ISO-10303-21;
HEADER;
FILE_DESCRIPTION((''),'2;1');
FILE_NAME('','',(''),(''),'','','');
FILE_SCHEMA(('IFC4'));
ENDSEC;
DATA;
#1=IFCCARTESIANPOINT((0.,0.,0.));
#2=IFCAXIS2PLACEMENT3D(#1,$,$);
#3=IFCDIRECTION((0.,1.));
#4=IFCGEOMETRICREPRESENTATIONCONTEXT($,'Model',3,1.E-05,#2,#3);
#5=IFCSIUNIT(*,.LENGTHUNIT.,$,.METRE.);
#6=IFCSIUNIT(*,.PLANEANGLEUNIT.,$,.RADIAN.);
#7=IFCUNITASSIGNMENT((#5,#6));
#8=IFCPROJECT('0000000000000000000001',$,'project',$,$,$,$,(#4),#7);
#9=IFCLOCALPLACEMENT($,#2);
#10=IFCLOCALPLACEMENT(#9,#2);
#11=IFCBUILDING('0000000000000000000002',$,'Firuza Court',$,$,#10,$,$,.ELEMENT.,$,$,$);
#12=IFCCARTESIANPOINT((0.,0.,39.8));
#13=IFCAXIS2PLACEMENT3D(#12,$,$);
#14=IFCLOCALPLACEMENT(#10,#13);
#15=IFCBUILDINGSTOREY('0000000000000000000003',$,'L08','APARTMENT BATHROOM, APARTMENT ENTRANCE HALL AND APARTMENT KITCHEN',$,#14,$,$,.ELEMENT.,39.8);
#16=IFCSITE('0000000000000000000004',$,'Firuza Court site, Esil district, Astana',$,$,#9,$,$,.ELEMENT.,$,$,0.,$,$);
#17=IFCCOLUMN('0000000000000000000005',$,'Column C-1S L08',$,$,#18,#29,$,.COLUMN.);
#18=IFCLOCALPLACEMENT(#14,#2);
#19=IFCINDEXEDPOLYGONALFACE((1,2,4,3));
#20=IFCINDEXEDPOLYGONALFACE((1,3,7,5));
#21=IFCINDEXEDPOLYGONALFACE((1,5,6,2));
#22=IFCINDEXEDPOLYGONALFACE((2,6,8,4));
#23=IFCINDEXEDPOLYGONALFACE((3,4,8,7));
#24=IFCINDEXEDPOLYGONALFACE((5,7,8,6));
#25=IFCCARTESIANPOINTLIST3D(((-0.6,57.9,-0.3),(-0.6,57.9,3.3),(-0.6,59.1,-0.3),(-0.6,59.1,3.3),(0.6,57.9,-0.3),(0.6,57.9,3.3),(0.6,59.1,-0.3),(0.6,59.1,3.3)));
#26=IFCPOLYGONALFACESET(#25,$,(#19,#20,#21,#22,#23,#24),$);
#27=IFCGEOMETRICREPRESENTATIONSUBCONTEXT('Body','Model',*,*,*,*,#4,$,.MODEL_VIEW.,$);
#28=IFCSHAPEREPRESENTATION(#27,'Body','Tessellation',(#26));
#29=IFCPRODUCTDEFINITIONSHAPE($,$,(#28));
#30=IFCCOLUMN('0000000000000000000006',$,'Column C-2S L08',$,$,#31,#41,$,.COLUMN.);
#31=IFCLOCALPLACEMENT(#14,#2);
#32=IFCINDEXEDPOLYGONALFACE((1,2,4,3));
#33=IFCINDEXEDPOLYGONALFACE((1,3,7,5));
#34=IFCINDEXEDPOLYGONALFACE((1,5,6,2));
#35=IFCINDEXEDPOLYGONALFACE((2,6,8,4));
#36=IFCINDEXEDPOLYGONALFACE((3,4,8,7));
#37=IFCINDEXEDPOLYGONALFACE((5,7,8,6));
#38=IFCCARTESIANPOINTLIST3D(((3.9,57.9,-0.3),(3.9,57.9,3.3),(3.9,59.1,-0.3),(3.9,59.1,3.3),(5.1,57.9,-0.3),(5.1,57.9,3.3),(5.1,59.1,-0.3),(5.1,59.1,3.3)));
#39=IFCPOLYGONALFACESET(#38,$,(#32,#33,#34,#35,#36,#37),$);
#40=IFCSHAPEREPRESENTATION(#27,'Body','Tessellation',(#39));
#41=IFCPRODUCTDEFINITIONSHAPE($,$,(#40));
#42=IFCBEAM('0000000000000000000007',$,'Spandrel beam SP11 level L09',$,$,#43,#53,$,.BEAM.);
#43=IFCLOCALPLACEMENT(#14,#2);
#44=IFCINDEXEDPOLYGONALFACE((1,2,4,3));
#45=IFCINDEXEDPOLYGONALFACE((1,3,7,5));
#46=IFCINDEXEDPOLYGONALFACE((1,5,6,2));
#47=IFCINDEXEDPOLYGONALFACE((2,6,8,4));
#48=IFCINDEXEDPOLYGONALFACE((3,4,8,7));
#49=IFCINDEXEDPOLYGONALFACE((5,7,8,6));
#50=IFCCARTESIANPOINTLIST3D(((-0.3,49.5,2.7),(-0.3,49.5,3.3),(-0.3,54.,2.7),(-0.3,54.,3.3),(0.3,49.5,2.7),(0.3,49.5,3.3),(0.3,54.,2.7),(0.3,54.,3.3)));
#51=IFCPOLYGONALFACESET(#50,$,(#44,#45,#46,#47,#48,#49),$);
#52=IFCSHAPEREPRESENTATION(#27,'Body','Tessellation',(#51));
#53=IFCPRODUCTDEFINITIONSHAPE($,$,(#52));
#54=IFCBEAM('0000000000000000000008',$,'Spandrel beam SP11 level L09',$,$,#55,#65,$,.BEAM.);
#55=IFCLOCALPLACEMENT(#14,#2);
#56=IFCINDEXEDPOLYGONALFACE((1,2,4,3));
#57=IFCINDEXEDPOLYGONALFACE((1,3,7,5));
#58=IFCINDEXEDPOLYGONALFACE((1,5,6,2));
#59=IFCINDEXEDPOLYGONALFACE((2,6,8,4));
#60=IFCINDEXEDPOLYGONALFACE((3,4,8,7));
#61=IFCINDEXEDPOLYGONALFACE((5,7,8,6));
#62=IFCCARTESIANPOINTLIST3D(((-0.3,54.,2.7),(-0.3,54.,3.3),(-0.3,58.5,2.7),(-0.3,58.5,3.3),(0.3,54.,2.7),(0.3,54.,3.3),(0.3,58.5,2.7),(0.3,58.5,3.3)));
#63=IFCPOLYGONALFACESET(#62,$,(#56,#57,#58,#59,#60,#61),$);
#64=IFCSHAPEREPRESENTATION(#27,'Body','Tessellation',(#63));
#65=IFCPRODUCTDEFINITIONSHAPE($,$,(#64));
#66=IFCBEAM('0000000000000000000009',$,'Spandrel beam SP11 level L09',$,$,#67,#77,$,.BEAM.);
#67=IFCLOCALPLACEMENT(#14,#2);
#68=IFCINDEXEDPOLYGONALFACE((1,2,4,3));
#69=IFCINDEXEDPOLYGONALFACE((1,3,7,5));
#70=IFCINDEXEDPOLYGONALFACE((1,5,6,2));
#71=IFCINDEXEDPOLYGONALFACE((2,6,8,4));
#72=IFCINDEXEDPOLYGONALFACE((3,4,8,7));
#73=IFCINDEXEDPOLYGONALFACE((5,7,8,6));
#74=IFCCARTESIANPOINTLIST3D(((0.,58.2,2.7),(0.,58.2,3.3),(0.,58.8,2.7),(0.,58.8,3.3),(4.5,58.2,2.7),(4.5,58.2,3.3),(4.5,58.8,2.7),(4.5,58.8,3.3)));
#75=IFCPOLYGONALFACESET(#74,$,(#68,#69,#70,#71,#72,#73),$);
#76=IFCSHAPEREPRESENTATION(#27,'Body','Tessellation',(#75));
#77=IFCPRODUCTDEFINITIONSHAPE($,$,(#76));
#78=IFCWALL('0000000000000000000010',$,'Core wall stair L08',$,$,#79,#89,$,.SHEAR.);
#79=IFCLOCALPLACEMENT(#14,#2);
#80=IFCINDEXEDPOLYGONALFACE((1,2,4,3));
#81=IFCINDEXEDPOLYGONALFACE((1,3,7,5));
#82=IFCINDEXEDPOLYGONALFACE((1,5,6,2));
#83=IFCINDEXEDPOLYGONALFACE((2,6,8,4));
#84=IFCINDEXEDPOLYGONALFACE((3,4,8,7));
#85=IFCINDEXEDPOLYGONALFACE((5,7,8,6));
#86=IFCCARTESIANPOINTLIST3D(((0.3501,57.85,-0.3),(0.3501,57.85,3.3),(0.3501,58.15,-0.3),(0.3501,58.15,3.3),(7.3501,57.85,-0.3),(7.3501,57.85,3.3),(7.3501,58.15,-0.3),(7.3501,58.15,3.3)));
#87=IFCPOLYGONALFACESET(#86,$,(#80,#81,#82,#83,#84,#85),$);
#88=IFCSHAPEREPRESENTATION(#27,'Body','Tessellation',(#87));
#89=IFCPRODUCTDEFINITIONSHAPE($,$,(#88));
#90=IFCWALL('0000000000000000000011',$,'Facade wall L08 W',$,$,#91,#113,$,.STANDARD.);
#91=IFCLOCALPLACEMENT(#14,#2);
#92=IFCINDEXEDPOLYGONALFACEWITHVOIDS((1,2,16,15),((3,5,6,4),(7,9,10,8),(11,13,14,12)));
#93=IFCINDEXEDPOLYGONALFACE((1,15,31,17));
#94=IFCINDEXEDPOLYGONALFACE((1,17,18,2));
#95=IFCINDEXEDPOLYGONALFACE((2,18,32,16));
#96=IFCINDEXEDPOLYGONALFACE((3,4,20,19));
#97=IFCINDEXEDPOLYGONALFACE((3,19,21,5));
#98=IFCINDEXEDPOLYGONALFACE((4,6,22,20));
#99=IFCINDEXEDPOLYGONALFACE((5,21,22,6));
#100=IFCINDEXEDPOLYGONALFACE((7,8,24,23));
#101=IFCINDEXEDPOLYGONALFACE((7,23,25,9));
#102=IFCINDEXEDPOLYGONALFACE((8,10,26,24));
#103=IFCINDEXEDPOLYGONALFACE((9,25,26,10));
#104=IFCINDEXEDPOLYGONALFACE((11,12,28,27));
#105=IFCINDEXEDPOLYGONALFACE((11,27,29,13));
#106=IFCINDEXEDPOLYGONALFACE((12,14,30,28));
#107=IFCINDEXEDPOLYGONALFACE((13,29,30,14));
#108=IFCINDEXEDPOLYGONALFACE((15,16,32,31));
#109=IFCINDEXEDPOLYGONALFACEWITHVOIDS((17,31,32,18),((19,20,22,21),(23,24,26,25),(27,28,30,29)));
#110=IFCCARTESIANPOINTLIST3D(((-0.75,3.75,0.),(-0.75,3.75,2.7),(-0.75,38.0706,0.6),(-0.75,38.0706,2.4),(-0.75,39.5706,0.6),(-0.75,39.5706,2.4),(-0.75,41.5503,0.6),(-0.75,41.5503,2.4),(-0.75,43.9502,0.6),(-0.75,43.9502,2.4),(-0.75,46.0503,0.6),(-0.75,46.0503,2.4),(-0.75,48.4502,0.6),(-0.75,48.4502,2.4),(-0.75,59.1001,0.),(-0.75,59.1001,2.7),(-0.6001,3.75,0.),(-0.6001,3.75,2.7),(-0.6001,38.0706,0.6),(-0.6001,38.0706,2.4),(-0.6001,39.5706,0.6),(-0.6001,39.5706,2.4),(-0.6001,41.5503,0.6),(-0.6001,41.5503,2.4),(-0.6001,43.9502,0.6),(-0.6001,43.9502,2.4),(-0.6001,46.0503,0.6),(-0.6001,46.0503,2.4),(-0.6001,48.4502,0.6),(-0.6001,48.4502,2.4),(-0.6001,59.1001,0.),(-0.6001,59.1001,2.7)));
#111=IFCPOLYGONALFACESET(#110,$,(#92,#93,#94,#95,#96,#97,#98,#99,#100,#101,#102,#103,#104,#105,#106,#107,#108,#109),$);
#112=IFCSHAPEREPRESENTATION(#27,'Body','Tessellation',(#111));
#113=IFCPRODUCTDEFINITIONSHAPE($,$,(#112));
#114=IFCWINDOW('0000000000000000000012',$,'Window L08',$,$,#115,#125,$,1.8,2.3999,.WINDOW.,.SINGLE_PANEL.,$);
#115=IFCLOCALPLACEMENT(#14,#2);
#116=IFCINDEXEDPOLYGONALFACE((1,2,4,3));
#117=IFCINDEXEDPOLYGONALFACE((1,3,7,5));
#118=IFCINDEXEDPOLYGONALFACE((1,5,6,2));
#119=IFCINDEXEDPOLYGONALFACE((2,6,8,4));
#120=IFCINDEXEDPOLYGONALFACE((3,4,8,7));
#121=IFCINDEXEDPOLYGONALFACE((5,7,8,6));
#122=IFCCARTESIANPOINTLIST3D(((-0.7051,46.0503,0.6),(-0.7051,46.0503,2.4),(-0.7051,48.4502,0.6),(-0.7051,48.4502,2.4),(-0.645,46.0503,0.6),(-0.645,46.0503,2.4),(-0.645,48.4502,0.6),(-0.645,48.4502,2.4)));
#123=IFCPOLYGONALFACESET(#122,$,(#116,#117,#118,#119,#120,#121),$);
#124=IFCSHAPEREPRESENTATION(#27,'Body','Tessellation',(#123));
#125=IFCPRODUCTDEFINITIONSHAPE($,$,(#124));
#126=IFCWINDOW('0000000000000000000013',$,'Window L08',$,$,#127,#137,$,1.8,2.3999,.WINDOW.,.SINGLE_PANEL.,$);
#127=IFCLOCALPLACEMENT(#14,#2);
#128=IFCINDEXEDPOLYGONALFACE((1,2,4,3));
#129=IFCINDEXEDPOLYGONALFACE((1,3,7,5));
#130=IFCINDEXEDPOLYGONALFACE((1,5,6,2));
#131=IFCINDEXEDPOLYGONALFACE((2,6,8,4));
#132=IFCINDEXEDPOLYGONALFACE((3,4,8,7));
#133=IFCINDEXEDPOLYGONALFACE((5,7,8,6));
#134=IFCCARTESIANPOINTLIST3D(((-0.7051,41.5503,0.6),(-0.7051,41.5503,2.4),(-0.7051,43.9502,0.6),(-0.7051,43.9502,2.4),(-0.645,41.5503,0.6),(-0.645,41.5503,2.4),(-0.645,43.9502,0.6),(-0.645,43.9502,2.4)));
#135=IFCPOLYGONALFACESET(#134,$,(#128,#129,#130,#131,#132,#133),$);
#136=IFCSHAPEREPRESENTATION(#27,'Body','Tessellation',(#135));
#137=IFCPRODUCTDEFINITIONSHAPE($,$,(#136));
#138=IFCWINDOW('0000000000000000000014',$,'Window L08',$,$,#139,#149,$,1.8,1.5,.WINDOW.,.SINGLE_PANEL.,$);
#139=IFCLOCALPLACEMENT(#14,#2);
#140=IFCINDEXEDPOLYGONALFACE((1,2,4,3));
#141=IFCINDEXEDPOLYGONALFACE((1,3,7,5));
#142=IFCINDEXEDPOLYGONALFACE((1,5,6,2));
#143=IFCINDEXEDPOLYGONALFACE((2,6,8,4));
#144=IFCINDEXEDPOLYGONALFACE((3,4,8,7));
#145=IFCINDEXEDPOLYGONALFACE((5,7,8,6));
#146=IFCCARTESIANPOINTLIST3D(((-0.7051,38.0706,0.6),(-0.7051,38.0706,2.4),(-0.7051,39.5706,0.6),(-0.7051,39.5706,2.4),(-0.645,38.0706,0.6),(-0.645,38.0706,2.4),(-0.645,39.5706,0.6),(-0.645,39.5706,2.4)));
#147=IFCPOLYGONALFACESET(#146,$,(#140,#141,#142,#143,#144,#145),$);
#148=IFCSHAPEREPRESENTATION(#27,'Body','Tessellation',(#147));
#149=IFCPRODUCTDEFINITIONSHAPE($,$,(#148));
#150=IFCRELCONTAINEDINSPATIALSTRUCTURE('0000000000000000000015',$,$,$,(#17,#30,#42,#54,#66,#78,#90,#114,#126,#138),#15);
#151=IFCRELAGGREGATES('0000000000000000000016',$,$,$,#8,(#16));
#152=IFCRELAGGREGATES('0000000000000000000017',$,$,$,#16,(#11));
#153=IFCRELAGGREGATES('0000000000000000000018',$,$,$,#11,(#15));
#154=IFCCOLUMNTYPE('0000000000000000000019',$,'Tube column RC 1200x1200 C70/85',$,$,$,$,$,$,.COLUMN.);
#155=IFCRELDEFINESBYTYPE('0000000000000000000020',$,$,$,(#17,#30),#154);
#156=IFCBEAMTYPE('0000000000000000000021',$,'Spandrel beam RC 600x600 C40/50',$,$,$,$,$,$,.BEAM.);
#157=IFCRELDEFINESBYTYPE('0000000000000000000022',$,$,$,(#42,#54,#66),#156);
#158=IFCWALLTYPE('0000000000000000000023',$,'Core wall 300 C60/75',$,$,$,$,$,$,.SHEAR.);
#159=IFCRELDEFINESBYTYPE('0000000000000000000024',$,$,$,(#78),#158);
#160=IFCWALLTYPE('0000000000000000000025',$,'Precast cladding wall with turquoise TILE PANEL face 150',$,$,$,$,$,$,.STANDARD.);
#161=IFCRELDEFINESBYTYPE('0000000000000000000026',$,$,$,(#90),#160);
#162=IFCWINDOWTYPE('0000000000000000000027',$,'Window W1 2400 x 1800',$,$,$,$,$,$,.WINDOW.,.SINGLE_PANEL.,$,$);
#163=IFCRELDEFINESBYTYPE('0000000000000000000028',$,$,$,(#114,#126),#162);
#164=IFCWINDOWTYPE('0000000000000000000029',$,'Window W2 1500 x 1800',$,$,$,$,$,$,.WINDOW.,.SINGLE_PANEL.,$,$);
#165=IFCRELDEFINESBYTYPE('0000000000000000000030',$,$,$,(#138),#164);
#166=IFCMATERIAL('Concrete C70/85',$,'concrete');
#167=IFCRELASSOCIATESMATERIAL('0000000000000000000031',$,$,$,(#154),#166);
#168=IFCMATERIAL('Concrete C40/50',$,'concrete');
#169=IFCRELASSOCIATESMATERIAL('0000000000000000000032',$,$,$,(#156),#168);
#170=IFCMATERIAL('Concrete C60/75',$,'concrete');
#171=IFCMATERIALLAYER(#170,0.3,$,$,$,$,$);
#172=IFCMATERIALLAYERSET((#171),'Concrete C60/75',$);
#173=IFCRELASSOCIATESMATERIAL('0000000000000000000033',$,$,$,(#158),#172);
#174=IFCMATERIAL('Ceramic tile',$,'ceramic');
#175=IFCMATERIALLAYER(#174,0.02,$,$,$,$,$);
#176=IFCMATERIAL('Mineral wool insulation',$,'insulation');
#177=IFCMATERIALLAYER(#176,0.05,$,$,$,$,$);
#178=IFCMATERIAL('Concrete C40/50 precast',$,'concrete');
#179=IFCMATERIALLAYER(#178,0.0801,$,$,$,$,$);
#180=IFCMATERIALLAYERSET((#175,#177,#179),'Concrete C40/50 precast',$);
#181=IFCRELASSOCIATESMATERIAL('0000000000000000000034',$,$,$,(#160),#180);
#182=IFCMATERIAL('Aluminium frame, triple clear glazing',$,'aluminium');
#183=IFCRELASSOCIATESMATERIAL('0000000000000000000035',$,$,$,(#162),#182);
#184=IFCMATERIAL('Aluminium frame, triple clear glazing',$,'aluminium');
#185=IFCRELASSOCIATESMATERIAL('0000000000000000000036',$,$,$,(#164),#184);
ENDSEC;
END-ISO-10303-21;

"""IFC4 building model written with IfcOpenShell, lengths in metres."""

from ifc_helpers import new_model, si_unit, direction, frame, frame_2d, origin, origin_2d, place, context, subcontext, project, spatial, rectangle, extrude, material, layer, layer_set, material_profile, profile_set, type_object, element, fill, save


model = new_model("IFC4")

# Units and contexts
model_context = context("Model", 3, precision=1e-05, world=origin(), true_north=direction((0.0, 1.0)))
body_context = subcontext(model_context, "Body", "Model", "MODEL_VIEW")
ifc_project = project(units=[si_unit("LENGTHUNIT", "METRE"), si_unit("PLANEANGLEUNIT", "RADIAN")], contexts=[model_context])

# Site, building, storey
site_placement = place(None, origin())
site = spatial("IfcSite", under=ifc_project, at=site_placement, Name="Firuza Court site, Esil district, Astana", CompositionType="ELEMENT", RefElevation=0.0)
building_placement = place(site_placement, origin())
building = spatial("IfcBuilding", under=site, at=building_placement, Name="Firuza Court", CompositionType="ELEMENT")
storey_placement = place(building_placement, frame((0.0, 0.0, 39.8)))
storey = spatial("IfcBuildingStorey", under=building, at=storey_placement, Name="L08", Description="APARTMENT BATHROOM, APARTMENT ENTRANCE HALL AND APARTMENT KITCHEN", CompositionType="ELEMENT", Elevation=39.8)

# Columns
ifc_material_1 = material(Name="Concrete C70/85", Category="concrete")
ifc_material_profile_1 = material_profile(ifc_material_1, rectangle(XDim=1.2, YDim=1.2, at=origin_2d()), Name="RC 1200x1200")
ifc_profile_set_1 = profile_set([ifc_material_profile_1], Name="Concrete C70/85")
column_type = type_object("IfcColumnType", Name="Tube column RC 1200x1200 C70/85", PredefinedType="COLUMN", material=ifc_profile_set_1)
for number, where, z_axis, x_axis, name in (
    (1, (0.0, 58.5, -0.3), (0.0, 0.0, 1.0), (1.0, 0.0, 0.0), "Column C-1S L08"),
    (2, (4.5, 58.5, -0.3), (0.0, 0.0, 1.0), (1.0, 0.0, 0.0), "Column C-2S L08"),
):
    element("IfcColumn", number, at=place(storey_placement, frame(where, z_axis=z_axis, x_axis=x_axis)), inside=storey, type_object=column_type, Name=name, PredefinedType="COLUMN", context=body_context, shape_type="SweptSolid", body=[
        extrude(rectangle(XDim=1.2, YDim=1.2, at=origin_2d()), origin(), (0.0, 0.0, 1.0), 3.6001),
    ])

# Beams
ifc_material_2 = material(Name="Concrete C40/50", Category="concrete")
ifc_material_profile_2 = material_profile(ifc_material_2, rectangle(XDim=0.6001, YDim=0.6001, at=origin_2d()), Name="RC 600x600")
ifc_profile_set_2 = profile_set([ifc_material_profile_2], Name="Concrete C40/50")
beam_type = type_object("IfcBeamType", Name="Spandrel beam RC 600x600 C40/50", PredefinedType="BEAM", material=ifc_profile_set_2)
for number, where, z_axis, x_axis, name in (
    (3, (0.0, 54.0, 3.0), (0.0, -1.0, 0.0), (1.0, 0.0, 0.0), "Spandrel beam SP11 level L09"),
    (4, (0.0, 58.5, 3.0), (0.0, -1.0, 0.0), (1.0, 0.0, 0.0), "Spandrel beam SP11 level L09"),
    (5, (4.5, 58.5, 3.0), (-1.0, 0.0, 0.0), (0.0, -1.0, 0.0), "Spandrel beam SP11 level L09"),
):
    element("IfcBeam", number, at=place(storey_placement, frame(where, z_axis=z_axis, x_axis=x_axis)), inside=storey, type_object=beam_type, Name=name, PredefinedType="BEAM", context=body_context, shape_type="SweptSolid", body=[
        extrude(rectangle(XDim=0.6001, YDim=0.6001, at=origin_2d()), origin(), (0.0, 0.0, 1.0), 4.5),
    ])

# Wall
ifc_material_3 = material(Name="Concrete C60/75", Category="concrete")
ifc_layer_1 = layer(ifc_material_3, 0.3)
ifc_layer_set_1 = layer_set([ifc_layer_1], Name="Concrete C60/75")
wall_type_1 = type_object("IfcWallType", Name="Core wall 300 C60/75", PredefinedType="SHEAR", material=ifc_layer_set_1)
wall_1_placement = place(storey_placement, frame((0.3501, 58.0, -0.3), z_axis=(0.0, 0.0, 1.0), x_axis=(1.0, 0.0, 0.0)))
element("IfcWall", 6, at=wall_1_placement, inside=storey, type_object=wall_type_1, Name="Core wall stair L08", PredefinedType="SHEAR", context=body_context, shape_type="SweptSolid", body=[
    extrude(rectangle(XDim=7.0, YDim=0.3, at=frame_2d((3.5, 0.0))), origin(), (0.0, 0.0, 1.0), 3.6001),
])

# Wall, openings, windows
ifc_material_4 = material(Name="Ceramic tile", Category="ceramic")
ifc_layer_2 = layer(ifc_material_4, 0.02)
ifc_material_5 = material(Name="Mineral wool insulation", Category="insulation")
ifc_layer_3 = layer(ifc_material_5, 0.05)
ifc_material_6 = material(Name="Concrete C40/50 precast", Category="concrete")
ifc_layer_4 = layer(ifc_material_6, 0.0801)
ifc_layer_set_2 = layer_set([ifc_layer_2, ifc_layer_3, ifc_layer_4], Name="Concrete C40/50 precast")
wall_type_2 = type_object("IfcWallType", Name="Precast cladding wall with turquoise TILE PANEL face 150", PredefinedType="STANDARD", material=ifc_layer_set_2)
wall_2_placement = place(storey_placement, frame((-0.675, 59.1001, 0.0), z_axis=(0.0, 0.0, 1.0), x_axis=(0.0, -1.0, 0.0)))
wall_2 = element("IfcWall", 7, at=wall_2_placement, inside=storey, type_object=wall_type_2, Name="Facade wall L08 W", PredefinedType="STANDARD", context=body_context, shape_type="SweptSolid", body=[
    extrude(rectangle(XDim=55.3501, YDim=0.1499, at=frame_2d((27.675, 0.0))), origin(), (0.0, 0.0, 1.0), 2.7),
])
opening_1_placement = place(wall_2_placement, frame((10.6499, 0.0, 0.6001)))
opening_1 = element("IfcOpeningElement", 8, at=opening_1_placement, cuts=wall_2, PredefinedType="OPENING", context=body_context, shape_type="SweptSolid", body=[
    extrude(rectangle(XDim=2.3999, YDim=1.8, at=frame_2d((1.2, 0.8999))), frame((0.0, 0.0869, 0.0), z_axis=(0.0, -1.0, 0.0), x_axis=(1.0, 0.0, 0.0)), (0.0, 0.0, 1.0), 0.1738),
])
opening_2_placement = place(wall_2_placement, frame((15.1499, 0.0, 0.6001)))
opening_2 = element("IfcOpeningElement", 9, at=opening_2_placement, cuts=wall_2, PredefinedType="OPENING", context=body_context, shape_type="SweptSolid", body=[
    extrude(rectangle(XDim=2.3999, YDim=1.8, at=frame_2d((1.2, 0.8999))), frame((0.0, 0.0869, 0.0), z_axis=(0.0, -1.0, 0.0), x_axis=(1.0, 0.0, 0.0)), (0.0, 0.0, 1.0), 0.1738),
])
opening_3_placement = place(wall_2_placement, frame((19.5295, 0.0, 0.6001)))
opening_3 = element("IfcOpeningElement", 10, at=opening_3_placement, cuts=wall_2, PredefinedType="OPENING", context=body_context, shape_type="SweptSolid", body=[
    extrude(rectangle(XDim=1.5, YDim=1.8, at=frame_2d((0.75, 0.8999))), frame((0.0, 0.0869, 0.0), z_axis=(0.0, -1.0, 0.0), x_axis=(1.0, 0.0, 0.0)), (0.0, 0.0, 1.0), 0.1738),
])
ifc_material_7 = material(Name="Aluminium frame, triple clear glazing", Category="aluminium")
window_type_1 = type_object("IfcWindowType", Name="Window W1 2400 x 1800", PartitioningType="SINGLE_PANEL", PredefinedType="WINDOW", material=ifc_material_7)
window_1_placement = place(opening_1_placement, origin())
window_1 = element("IfcWindow", 11, at=window_1_placement, inside=storey, type_object=window_type_1, Name="Window L08", OverallHeight=1.8, OverallWidth=2.3999, PartitioningType="SINGLE_PANEL", PredefinedType="WINDOW", context=body_context, shape_type="SweptSolid", body=[
    extrude(rectangle(XDim=2.3999, YDim=1.8, at=frame_2d((1.2, 0.8999))), frame((0.0, 0.03, 0.0), z_axis=(0.0, -1.0, 0.0), x_axis=(1.0, 0.0, 0.0)), (0.0, 0.0, 1.0), 0.0601),
])
fill(opening_1, window_1)
window_2_placement = place(opening_2_placement, origin())
window_2 = element("IfcWindow", 12, at=window_2_placement, inside=storey, type_object=window_type_1, Name="Window L08", OverallHeight=1.8, OverallWidth=2.3999, PartitioningType="SINGLE_PANEL", PredefinedType="WINDOW", context=body_context, shape_type="SweptSolid", body=[
    extrude(rectangle(XDim=2.3999, YDim=1.8, at=frame_2d((1.2, 0.8999))), frame((0.0, 0.03, 0.0), z_axis=(0.0, -1.0, 0.0), x_axis=(1.0, 0.0, 0.0)), (0.0, 0.0, 1.0), 0.0601),
])
fill(opening_2, window_2)
ifc_material_8 = material(Name="Aluminium frame, triple clear glazing", Category="aluminium")
window_type_2 = type_object("IfcWindowType", Name="Window W2 1500 x 1800", PartitioningType="SINGLE_PANEL", PredefinedType="WINDOW", material=ifc_material_8)
window_3_placement = place(opening_3_placement, origin())
window_3 = element("IfcWindow", 13, at=window_3_placement, inside=storey, type_object=window_type_2, Name="Window L08", OverallHeight=1.8, OverallWidth=1.5, PartitioningType="SINGLE_PANEL", PredefinedType="WINDOW", context=body_context, shape_type="SweptSolid", body=[
    extrude(rectangle(XDim=1.5, YDim=1.8, at=frame_2d((0.75, 0.8999))), frame((0.0, 0.03, 0.0), z_axis=(0.0, -1.0, 0.0), x_axis=(1.0, 0.0, 0.0)), (0.0, 0.0, 1.0), 0.0601),
])
fill(opening_3, window_3)

save(model, "model.ifc")
